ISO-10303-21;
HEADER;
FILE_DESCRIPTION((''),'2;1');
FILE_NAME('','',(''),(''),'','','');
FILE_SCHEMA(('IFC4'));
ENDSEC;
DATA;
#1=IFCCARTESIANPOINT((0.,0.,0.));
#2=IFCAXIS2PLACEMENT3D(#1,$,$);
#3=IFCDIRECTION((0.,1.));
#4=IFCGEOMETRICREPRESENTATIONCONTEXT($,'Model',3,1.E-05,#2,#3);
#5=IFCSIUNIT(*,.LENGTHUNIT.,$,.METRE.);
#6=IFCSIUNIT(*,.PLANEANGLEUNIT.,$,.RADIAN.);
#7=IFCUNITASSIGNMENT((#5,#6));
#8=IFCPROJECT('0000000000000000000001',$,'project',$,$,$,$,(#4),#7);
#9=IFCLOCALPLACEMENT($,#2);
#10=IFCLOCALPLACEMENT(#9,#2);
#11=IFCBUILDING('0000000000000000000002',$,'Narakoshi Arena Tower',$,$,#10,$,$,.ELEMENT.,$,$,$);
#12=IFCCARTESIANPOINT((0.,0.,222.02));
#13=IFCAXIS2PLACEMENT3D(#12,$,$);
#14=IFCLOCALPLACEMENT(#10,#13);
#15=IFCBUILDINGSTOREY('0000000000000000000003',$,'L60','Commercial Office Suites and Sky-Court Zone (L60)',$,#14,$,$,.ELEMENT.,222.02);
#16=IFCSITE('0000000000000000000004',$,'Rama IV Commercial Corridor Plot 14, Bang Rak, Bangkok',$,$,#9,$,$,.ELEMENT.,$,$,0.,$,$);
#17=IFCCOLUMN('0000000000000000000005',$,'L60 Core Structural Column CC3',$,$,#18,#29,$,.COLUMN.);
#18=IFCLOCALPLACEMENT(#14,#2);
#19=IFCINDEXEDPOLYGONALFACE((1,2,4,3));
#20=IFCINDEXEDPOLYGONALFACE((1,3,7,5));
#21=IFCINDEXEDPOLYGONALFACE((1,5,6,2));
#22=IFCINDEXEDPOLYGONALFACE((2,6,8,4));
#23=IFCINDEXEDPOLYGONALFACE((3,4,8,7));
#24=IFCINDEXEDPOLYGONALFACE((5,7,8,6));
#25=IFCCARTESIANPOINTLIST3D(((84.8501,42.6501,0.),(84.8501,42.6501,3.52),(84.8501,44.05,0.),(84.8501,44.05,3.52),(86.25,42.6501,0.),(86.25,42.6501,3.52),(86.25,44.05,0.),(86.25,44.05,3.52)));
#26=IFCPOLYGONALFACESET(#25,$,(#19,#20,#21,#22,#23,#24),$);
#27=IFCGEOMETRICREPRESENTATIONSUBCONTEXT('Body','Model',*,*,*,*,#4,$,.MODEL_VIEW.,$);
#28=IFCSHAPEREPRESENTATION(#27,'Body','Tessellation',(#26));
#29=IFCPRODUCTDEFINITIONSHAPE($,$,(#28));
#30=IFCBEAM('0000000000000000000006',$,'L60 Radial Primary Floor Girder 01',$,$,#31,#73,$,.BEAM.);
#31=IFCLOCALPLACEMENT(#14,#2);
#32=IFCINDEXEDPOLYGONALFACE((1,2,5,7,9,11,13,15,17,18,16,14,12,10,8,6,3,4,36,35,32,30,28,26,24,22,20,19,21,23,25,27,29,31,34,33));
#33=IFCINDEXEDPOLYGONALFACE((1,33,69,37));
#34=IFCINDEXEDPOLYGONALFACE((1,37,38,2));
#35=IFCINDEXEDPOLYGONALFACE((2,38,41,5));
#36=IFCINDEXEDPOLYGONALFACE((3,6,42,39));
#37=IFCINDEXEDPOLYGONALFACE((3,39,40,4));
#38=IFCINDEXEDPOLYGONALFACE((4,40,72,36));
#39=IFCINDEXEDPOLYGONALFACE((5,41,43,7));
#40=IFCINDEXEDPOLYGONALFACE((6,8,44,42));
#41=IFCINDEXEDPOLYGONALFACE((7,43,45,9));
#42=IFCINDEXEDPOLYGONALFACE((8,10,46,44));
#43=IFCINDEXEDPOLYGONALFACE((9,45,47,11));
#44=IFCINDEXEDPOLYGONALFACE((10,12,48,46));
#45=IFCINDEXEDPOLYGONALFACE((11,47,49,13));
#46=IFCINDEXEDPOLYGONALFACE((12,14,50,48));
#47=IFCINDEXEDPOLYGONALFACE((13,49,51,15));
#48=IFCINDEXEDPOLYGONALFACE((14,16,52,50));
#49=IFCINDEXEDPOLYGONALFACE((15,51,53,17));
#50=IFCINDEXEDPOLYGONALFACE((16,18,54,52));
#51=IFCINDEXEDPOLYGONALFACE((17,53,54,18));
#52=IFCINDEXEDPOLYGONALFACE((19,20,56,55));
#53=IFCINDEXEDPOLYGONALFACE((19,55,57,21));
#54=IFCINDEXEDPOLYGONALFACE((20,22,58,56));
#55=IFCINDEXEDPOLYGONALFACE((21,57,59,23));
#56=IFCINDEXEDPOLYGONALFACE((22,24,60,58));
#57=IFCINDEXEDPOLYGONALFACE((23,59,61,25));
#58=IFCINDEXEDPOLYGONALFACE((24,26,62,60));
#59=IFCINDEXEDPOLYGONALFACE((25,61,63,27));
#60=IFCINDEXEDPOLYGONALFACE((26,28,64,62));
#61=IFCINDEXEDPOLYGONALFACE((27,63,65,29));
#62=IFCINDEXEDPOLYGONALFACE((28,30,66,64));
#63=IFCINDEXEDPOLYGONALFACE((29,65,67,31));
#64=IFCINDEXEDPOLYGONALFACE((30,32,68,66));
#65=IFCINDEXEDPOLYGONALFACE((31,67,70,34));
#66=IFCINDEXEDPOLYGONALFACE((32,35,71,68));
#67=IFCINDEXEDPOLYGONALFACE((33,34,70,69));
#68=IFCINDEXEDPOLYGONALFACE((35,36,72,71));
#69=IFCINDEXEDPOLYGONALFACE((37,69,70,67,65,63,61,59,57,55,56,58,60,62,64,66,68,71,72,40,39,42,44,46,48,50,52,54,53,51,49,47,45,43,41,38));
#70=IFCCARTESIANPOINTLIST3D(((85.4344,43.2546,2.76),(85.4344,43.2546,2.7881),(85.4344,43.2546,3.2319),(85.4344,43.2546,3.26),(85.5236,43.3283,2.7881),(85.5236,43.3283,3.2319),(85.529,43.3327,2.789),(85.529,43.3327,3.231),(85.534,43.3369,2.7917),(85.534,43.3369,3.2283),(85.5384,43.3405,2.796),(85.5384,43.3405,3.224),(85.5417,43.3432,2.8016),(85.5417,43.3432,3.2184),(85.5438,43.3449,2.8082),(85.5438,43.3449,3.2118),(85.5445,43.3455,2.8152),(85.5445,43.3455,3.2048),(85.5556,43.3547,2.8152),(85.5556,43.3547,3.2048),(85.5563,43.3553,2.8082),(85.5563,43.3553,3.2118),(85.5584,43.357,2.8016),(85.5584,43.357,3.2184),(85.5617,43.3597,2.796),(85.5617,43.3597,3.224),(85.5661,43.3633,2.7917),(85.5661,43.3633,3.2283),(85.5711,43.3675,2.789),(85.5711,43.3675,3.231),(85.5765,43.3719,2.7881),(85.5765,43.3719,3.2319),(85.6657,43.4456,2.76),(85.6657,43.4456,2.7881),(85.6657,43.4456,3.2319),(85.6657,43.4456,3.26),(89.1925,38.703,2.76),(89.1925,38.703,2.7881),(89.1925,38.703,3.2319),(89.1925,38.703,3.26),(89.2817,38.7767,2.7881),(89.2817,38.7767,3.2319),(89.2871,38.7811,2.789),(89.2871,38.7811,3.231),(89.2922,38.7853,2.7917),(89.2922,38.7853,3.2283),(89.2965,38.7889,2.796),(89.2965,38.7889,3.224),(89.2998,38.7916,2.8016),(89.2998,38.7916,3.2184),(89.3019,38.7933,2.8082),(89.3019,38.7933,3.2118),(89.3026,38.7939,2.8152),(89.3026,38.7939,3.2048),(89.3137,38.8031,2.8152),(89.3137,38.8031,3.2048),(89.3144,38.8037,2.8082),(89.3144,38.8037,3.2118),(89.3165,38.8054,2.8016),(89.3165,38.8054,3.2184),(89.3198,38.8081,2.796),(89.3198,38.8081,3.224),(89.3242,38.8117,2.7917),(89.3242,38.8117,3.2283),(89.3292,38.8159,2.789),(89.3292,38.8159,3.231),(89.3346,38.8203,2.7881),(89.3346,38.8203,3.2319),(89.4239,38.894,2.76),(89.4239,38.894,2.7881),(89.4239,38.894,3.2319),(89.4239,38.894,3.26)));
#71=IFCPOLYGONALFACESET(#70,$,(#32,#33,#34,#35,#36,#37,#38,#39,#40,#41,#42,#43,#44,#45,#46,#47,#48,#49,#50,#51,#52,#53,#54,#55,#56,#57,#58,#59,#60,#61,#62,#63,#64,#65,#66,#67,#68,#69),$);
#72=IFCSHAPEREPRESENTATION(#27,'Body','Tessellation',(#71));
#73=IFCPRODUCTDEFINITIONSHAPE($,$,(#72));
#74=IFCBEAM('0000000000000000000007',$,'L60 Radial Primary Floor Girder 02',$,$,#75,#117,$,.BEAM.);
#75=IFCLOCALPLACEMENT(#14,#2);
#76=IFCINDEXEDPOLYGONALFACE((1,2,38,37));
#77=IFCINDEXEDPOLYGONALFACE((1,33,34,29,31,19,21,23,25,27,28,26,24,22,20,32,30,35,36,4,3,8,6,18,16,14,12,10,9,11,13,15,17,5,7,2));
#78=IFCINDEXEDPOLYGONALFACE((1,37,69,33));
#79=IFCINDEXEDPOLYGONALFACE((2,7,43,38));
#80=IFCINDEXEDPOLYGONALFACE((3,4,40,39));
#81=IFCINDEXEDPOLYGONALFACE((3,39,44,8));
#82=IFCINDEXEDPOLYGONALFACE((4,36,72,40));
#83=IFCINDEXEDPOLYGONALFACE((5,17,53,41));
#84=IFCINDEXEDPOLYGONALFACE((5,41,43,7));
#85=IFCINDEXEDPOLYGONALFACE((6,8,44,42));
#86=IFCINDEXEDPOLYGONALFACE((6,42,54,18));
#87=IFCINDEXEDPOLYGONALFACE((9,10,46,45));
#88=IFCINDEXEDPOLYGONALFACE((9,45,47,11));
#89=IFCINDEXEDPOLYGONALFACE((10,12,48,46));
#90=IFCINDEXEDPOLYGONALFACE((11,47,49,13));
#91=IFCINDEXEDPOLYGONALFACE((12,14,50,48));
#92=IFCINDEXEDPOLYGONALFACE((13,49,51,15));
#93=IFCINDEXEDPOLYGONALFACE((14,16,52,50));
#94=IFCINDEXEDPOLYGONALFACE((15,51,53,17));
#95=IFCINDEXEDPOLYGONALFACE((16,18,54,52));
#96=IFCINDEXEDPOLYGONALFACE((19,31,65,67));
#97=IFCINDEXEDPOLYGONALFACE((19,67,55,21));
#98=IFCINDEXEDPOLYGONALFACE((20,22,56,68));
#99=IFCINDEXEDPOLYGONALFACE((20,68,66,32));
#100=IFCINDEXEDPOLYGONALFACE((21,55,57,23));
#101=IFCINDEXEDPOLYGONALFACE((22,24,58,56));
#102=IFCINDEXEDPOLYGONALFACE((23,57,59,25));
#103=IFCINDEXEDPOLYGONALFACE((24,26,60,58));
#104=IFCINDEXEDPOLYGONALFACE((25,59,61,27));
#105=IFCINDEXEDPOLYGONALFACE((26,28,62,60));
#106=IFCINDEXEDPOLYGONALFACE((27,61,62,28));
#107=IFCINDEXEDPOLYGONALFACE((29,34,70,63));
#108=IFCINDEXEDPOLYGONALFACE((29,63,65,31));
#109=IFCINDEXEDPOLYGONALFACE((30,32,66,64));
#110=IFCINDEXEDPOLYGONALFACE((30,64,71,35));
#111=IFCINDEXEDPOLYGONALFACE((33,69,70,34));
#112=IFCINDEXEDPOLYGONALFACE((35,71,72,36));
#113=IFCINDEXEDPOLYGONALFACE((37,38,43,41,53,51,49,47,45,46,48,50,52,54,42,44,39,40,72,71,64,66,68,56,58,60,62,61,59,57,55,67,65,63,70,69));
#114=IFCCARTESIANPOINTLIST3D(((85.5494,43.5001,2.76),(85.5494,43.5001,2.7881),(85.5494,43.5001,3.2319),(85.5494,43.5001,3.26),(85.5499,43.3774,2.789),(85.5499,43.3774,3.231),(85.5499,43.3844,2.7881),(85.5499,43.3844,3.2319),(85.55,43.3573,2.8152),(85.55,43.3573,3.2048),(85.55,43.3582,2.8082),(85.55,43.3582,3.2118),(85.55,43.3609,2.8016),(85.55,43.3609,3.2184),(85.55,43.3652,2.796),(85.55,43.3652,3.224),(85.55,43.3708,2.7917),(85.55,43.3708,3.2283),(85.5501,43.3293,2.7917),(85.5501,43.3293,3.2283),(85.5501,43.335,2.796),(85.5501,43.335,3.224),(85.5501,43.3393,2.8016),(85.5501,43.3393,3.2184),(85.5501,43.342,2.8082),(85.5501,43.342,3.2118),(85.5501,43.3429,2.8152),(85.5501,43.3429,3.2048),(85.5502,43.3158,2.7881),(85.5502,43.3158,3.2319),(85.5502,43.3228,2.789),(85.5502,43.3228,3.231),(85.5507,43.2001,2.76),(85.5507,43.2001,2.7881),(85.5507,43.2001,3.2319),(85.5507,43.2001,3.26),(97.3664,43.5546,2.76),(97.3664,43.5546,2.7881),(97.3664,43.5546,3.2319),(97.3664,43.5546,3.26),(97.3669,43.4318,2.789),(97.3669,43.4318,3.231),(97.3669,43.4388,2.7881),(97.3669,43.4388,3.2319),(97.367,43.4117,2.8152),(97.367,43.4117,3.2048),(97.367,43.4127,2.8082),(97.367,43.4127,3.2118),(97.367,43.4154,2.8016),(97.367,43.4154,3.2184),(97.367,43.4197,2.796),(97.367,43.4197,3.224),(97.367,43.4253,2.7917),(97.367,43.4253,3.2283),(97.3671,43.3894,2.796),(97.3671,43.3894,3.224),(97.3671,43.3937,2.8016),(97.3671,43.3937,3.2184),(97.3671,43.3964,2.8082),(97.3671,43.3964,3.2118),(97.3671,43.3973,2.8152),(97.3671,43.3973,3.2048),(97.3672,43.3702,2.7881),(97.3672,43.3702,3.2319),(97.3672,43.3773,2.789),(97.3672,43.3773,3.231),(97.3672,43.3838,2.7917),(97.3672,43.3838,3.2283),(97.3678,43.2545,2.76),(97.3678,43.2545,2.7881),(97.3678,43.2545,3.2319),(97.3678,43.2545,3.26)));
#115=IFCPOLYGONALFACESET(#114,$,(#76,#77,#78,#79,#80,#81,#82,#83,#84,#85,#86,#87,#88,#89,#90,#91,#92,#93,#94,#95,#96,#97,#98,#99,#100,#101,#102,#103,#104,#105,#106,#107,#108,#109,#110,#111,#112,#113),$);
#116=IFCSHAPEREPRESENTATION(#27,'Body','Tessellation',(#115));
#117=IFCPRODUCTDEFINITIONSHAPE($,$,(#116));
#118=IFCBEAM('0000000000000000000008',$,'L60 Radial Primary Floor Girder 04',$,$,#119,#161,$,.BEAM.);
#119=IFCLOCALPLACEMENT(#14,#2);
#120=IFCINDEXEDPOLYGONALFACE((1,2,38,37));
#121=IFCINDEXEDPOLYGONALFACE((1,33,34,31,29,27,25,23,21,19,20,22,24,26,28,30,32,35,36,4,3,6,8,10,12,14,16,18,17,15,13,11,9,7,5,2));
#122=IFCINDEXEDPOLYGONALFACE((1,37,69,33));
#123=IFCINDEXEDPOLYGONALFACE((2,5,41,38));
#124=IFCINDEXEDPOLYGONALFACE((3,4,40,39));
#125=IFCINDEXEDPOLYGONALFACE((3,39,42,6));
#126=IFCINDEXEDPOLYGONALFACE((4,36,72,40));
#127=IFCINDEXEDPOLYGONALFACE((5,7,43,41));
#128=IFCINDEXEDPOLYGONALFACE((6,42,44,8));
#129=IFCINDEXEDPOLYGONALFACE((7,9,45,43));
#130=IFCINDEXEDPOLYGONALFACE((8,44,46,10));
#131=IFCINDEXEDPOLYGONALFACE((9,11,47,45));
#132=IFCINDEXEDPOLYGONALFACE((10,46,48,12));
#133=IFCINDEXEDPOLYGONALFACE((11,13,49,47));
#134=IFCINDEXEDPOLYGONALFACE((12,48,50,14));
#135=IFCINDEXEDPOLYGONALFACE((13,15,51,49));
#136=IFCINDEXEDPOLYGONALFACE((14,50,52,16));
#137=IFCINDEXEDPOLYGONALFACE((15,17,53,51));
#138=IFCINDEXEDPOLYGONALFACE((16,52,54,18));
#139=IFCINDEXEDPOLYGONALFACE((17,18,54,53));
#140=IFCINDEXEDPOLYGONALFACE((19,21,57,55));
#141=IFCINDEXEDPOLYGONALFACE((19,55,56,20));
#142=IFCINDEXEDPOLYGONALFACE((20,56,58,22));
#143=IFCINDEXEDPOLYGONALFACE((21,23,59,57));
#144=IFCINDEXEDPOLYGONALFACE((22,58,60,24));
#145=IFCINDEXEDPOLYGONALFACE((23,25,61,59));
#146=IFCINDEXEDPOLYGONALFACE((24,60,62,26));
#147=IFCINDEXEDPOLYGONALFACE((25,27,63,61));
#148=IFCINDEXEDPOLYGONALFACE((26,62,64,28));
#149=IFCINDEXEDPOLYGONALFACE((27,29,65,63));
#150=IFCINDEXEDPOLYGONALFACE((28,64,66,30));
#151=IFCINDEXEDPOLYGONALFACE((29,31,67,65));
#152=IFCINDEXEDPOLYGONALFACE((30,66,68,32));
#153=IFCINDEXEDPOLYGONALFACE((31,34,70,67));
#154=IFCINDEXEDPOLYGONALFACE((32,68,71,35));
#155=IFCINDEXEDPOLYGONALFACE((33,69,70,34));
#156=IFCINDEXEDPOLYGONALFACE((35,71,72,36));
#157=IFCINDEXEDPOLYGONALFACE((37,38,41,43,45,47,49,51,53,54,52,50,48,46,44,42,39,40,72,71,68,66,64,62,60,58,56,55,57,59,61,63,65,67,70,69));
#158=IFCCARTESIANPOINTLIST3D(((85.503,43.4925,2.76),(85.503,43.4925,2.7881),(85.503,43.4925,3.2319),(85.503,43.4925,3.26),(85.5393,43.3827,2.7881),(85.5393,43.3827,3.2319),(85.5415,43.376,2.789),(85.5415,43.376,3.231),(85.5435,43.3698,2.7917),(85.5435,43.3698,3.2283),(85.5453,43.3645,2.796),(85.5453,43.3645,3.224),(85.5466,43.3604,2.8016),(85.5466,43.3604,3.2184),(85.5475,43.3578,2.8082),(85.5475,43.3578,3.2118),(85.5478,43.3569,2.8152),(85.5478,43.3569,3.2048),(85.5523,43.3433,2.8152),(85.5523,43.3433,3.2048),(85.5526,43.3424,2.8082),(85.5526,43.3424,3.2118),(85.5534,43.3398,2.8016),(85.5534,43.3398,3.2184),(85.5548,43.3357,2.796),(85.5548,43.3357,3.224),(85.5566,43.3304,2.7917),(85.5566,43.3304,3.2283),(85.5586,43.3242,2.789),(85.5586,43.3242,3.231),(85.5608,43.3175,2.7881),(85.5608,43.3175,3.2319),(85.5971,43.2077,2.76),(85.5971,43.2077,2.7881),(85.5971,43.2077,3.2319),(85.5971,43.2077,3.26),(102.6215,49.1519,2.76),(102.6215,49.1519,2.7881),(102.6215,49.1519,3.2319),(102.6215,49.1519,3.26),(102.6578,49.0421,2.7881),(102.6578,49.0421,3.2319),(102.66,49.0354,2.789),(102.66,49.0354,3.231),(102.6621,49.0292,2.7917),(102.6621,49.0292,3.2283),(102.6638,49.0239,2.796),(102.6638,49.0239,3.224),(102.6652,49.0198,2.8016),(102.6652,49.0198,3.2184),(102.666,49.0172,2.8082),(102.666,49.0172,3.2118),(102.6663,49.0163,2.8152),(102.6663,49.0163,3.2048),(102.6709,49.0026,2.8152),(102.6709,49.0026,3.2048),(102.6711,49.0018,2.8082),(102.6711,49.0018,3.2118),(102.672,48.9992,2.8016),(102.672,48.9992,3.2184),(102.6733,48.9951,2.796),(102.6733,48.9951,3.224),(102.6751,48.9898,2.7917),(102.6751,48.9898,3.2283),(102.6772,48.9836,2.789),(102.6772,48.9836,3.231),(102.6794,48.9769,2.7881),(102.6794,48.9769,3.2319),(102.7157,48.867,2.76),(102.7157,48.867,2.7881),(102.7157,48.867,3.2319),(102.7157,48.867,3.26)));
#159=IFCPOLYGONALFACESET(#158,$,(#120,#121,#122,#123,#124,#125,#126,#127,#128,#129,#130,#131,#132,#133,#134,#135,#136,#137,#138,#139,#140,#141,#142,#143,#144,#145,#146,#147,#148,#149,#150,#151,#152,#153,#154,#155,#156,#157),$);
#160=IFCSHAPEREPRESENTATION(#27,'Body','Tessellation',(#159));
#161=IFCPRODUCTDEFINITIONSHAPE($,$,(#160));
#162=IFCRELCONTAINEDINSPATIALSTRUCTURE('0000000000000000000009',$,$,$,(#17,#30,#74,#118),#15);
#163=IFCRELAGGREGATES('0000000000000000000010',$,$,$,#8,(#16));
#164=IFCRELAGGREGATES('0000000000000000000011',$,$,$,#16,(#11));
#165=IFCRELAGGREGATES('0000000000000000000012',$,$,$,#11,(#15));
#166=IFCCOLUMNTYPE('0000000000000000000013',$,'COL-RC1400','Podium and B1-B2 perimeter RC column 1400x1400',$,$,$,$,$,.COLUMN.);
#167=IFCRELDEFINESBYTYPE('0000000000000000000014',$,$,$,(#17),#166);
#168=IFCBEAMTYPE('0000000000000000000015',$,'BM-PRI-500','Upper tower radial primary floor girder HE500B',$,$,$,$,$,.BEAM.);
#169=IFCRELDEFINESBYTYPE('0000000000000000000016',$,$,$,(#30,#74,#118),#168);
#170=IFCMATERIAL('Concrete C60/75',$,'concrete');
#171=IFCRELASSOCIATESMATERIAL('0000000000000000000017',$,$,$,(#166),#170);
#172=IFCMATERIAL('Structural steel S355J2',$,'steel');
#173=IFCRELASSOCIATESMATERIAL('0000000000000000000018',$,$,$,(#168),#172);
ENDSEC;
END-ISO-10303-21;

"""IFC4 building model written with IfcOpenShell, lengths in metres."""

from ifc_helpers import new_model, si_unit, direction, frame, origin, origin_2d, place, context, subcontext, project, spatial, rectangle, i_section, extrude, material, material_profile, profile_set, type_object, element, save


model = new_model("IFC4")

# Units and contexts
model_context = context("Model", 3, precision=1e-05, world=origin(), true_north=direction((0.0, 1.0)))
body_context = subcontext(model_context, "Body", "Model", "MODEL_VIEW")
ifc_project = project(units=[si_unit("LENGTHUNIT", "METRE"), si_unit("PLANEANGLEUNIT", "RADIAN")], contexts=[model_context])

# Site, building, storey
site_placement = place(None, origin())
site = spatial("IfcSite", under=ifc_project, at=site_placement, Name="Rama IV Commercial Corridor Plot 14, Bang Rak, Bangkok", CompositionType="ELEMENT", RefElevation=0.0)
building_placement = place(site_placement, origin())
building = spatial("IfcBuilding", under=site, at=building_placement, Name="Narakoshi Arena Tower", CompositionType="ELEMENT")
storey_placement = place(building_placement, frame((0.0, 0.0, 222.02)))
storey = spatial("IfcBuildingStorey", under=building, at=storey_placement, Name="L60", Description="Commercial Office Suites and Sky-Court Zone (L60)", CompositionType="ELEMENT", Elevation=222.02)

# Column
ifc_material_1 = material(Name="Concrete C60/75", Category="concrete")
ifc_material_profile_1 = material_profile(ifc_material_1, rectangle(XDim=1.3999, YDim=1.3999, at=origin_2d()), Name="RC1400x1400")
ifc_profile_set_1 = profile_set([ifc_material_profile_1], Name="Concrete C60/75")
column_type = type_object("IfcColumnType", Name="COL-RC1400", Description="Podium and B1-B2 perimeter RC column 1400x1400", PredefinedType="COLUMN", material=ifc_profile_set_1)
column_placement = place(storey_placement, frame((85.55, 43.3501, 0.0), z_axis=(0.0, 0.0, 1.0), x_axis=(1.0, 0.0, 0.0)))
element("IfcColumn", 1, at=column_placement, inside=storey, type_object=column_type, Name="L60 Core Structural Column CC3", PredefinedType="COLUMN", context=body_context, shape_type="SweptSolid", body=[
    extrude(rectangle(XDim=1.3999, YDim=1.3999, at=origin_2d()), origin(), (0.0, 0.0, 1.0), 3.52),
])

# Beams
ifc_material_2 = material(Name="Structural steel S355J2", Category="steel")
ifc_material_profile_2 = material_profile(ifc_material_2, i_section(OverallWidth=0.3, OverallDepth=0.5, WebThickness=0.0144, FlangeThickness=0.0281, FilletRadius=0.0271, at=origin_2d()), Name="HE500B")
ifc_profile_set_2 = profile_set([ifc_material_profile_2], Name="Structural steel S355J2")
beam_type_1 = type_object("IfcBeamType", Name="BM-PRI-500", Description="Upper tower radial primary floor girder HE500B", PredefinedType="BEAM", material=ifc_profile_set_2)
beam_1_placement = place(storey_placement, frame((85.55, 43.3501, 3.01), z_axis=(0.636691, -0.771119, 0.0), x_axis=(0.771119, 0.636691, 0.0)))
element("IfcBeam", 2, at=beam_1_placement, inside=storey, type_object=beam_type_1, Name="L60 Radial Primary Floor Girder 01", PredefinedType="BEAM", context=body_context, shape_type="SweptSolid", body=[
    extrude(i_section(OverallWidth=0.3, OverallDepth=0.5, WebThickness=0.0144, FlangeThickness=0.0281, FilletRadius=0.0271, at=origin_2d()), origin(), (0.0, 0.0, 1.0), 5.9026),
])
beam_2_placement = place(storey_placement, frame((85.55, 43.3501, 3.01), z_axis=(0.999989, 0.004607, 0.0), x_axis=(-0.004607, 0.999989, 0.0)))
element("IfcBeam", 3, at=beam_2_placement, inside=storey, type_object=beam_type_1, Name="L60 Radial Primary Floor Girder 02", PredefinedType="BEAM", context=body_context, shape_type="SweptSolid", body=[
    extrude(i_section(OverallWidth=0.3, OverallDepth=0.5, WebThickness=0.0144, FlangeThickness=0.0281, FilletRadius=0.0271, at=origin_2d()), origin(), (0.0, 0.0, 1.0), 11.8171),
])
beam_3_placement = place(storey_placement, frame((85.55, 43.3501, 3.01), z_axis=(0.949459, 0.313891, 0.0), x_axis=(-0.313891, 0.949459, 0.0)))
element("IfcBeam", 4, at=beam_3_placement, inside=storey, type_object=beam_type_1, Name="L60 Radial Primary Floor Girder 04", PredefinedType="BEAM", context=body_context, shape_type="SweptSolid", body=[
    extrude(i_section(OverallWidth=0.3, OverallDepth=0.5, WebThickness=0.0144, FlangeThickness=0.0281, FilletRadius=0.0271, at=origin_2d()), origin(), (0.0, 0.0, 1.0), 18.0298),
])

save(model, "model.ifc")
